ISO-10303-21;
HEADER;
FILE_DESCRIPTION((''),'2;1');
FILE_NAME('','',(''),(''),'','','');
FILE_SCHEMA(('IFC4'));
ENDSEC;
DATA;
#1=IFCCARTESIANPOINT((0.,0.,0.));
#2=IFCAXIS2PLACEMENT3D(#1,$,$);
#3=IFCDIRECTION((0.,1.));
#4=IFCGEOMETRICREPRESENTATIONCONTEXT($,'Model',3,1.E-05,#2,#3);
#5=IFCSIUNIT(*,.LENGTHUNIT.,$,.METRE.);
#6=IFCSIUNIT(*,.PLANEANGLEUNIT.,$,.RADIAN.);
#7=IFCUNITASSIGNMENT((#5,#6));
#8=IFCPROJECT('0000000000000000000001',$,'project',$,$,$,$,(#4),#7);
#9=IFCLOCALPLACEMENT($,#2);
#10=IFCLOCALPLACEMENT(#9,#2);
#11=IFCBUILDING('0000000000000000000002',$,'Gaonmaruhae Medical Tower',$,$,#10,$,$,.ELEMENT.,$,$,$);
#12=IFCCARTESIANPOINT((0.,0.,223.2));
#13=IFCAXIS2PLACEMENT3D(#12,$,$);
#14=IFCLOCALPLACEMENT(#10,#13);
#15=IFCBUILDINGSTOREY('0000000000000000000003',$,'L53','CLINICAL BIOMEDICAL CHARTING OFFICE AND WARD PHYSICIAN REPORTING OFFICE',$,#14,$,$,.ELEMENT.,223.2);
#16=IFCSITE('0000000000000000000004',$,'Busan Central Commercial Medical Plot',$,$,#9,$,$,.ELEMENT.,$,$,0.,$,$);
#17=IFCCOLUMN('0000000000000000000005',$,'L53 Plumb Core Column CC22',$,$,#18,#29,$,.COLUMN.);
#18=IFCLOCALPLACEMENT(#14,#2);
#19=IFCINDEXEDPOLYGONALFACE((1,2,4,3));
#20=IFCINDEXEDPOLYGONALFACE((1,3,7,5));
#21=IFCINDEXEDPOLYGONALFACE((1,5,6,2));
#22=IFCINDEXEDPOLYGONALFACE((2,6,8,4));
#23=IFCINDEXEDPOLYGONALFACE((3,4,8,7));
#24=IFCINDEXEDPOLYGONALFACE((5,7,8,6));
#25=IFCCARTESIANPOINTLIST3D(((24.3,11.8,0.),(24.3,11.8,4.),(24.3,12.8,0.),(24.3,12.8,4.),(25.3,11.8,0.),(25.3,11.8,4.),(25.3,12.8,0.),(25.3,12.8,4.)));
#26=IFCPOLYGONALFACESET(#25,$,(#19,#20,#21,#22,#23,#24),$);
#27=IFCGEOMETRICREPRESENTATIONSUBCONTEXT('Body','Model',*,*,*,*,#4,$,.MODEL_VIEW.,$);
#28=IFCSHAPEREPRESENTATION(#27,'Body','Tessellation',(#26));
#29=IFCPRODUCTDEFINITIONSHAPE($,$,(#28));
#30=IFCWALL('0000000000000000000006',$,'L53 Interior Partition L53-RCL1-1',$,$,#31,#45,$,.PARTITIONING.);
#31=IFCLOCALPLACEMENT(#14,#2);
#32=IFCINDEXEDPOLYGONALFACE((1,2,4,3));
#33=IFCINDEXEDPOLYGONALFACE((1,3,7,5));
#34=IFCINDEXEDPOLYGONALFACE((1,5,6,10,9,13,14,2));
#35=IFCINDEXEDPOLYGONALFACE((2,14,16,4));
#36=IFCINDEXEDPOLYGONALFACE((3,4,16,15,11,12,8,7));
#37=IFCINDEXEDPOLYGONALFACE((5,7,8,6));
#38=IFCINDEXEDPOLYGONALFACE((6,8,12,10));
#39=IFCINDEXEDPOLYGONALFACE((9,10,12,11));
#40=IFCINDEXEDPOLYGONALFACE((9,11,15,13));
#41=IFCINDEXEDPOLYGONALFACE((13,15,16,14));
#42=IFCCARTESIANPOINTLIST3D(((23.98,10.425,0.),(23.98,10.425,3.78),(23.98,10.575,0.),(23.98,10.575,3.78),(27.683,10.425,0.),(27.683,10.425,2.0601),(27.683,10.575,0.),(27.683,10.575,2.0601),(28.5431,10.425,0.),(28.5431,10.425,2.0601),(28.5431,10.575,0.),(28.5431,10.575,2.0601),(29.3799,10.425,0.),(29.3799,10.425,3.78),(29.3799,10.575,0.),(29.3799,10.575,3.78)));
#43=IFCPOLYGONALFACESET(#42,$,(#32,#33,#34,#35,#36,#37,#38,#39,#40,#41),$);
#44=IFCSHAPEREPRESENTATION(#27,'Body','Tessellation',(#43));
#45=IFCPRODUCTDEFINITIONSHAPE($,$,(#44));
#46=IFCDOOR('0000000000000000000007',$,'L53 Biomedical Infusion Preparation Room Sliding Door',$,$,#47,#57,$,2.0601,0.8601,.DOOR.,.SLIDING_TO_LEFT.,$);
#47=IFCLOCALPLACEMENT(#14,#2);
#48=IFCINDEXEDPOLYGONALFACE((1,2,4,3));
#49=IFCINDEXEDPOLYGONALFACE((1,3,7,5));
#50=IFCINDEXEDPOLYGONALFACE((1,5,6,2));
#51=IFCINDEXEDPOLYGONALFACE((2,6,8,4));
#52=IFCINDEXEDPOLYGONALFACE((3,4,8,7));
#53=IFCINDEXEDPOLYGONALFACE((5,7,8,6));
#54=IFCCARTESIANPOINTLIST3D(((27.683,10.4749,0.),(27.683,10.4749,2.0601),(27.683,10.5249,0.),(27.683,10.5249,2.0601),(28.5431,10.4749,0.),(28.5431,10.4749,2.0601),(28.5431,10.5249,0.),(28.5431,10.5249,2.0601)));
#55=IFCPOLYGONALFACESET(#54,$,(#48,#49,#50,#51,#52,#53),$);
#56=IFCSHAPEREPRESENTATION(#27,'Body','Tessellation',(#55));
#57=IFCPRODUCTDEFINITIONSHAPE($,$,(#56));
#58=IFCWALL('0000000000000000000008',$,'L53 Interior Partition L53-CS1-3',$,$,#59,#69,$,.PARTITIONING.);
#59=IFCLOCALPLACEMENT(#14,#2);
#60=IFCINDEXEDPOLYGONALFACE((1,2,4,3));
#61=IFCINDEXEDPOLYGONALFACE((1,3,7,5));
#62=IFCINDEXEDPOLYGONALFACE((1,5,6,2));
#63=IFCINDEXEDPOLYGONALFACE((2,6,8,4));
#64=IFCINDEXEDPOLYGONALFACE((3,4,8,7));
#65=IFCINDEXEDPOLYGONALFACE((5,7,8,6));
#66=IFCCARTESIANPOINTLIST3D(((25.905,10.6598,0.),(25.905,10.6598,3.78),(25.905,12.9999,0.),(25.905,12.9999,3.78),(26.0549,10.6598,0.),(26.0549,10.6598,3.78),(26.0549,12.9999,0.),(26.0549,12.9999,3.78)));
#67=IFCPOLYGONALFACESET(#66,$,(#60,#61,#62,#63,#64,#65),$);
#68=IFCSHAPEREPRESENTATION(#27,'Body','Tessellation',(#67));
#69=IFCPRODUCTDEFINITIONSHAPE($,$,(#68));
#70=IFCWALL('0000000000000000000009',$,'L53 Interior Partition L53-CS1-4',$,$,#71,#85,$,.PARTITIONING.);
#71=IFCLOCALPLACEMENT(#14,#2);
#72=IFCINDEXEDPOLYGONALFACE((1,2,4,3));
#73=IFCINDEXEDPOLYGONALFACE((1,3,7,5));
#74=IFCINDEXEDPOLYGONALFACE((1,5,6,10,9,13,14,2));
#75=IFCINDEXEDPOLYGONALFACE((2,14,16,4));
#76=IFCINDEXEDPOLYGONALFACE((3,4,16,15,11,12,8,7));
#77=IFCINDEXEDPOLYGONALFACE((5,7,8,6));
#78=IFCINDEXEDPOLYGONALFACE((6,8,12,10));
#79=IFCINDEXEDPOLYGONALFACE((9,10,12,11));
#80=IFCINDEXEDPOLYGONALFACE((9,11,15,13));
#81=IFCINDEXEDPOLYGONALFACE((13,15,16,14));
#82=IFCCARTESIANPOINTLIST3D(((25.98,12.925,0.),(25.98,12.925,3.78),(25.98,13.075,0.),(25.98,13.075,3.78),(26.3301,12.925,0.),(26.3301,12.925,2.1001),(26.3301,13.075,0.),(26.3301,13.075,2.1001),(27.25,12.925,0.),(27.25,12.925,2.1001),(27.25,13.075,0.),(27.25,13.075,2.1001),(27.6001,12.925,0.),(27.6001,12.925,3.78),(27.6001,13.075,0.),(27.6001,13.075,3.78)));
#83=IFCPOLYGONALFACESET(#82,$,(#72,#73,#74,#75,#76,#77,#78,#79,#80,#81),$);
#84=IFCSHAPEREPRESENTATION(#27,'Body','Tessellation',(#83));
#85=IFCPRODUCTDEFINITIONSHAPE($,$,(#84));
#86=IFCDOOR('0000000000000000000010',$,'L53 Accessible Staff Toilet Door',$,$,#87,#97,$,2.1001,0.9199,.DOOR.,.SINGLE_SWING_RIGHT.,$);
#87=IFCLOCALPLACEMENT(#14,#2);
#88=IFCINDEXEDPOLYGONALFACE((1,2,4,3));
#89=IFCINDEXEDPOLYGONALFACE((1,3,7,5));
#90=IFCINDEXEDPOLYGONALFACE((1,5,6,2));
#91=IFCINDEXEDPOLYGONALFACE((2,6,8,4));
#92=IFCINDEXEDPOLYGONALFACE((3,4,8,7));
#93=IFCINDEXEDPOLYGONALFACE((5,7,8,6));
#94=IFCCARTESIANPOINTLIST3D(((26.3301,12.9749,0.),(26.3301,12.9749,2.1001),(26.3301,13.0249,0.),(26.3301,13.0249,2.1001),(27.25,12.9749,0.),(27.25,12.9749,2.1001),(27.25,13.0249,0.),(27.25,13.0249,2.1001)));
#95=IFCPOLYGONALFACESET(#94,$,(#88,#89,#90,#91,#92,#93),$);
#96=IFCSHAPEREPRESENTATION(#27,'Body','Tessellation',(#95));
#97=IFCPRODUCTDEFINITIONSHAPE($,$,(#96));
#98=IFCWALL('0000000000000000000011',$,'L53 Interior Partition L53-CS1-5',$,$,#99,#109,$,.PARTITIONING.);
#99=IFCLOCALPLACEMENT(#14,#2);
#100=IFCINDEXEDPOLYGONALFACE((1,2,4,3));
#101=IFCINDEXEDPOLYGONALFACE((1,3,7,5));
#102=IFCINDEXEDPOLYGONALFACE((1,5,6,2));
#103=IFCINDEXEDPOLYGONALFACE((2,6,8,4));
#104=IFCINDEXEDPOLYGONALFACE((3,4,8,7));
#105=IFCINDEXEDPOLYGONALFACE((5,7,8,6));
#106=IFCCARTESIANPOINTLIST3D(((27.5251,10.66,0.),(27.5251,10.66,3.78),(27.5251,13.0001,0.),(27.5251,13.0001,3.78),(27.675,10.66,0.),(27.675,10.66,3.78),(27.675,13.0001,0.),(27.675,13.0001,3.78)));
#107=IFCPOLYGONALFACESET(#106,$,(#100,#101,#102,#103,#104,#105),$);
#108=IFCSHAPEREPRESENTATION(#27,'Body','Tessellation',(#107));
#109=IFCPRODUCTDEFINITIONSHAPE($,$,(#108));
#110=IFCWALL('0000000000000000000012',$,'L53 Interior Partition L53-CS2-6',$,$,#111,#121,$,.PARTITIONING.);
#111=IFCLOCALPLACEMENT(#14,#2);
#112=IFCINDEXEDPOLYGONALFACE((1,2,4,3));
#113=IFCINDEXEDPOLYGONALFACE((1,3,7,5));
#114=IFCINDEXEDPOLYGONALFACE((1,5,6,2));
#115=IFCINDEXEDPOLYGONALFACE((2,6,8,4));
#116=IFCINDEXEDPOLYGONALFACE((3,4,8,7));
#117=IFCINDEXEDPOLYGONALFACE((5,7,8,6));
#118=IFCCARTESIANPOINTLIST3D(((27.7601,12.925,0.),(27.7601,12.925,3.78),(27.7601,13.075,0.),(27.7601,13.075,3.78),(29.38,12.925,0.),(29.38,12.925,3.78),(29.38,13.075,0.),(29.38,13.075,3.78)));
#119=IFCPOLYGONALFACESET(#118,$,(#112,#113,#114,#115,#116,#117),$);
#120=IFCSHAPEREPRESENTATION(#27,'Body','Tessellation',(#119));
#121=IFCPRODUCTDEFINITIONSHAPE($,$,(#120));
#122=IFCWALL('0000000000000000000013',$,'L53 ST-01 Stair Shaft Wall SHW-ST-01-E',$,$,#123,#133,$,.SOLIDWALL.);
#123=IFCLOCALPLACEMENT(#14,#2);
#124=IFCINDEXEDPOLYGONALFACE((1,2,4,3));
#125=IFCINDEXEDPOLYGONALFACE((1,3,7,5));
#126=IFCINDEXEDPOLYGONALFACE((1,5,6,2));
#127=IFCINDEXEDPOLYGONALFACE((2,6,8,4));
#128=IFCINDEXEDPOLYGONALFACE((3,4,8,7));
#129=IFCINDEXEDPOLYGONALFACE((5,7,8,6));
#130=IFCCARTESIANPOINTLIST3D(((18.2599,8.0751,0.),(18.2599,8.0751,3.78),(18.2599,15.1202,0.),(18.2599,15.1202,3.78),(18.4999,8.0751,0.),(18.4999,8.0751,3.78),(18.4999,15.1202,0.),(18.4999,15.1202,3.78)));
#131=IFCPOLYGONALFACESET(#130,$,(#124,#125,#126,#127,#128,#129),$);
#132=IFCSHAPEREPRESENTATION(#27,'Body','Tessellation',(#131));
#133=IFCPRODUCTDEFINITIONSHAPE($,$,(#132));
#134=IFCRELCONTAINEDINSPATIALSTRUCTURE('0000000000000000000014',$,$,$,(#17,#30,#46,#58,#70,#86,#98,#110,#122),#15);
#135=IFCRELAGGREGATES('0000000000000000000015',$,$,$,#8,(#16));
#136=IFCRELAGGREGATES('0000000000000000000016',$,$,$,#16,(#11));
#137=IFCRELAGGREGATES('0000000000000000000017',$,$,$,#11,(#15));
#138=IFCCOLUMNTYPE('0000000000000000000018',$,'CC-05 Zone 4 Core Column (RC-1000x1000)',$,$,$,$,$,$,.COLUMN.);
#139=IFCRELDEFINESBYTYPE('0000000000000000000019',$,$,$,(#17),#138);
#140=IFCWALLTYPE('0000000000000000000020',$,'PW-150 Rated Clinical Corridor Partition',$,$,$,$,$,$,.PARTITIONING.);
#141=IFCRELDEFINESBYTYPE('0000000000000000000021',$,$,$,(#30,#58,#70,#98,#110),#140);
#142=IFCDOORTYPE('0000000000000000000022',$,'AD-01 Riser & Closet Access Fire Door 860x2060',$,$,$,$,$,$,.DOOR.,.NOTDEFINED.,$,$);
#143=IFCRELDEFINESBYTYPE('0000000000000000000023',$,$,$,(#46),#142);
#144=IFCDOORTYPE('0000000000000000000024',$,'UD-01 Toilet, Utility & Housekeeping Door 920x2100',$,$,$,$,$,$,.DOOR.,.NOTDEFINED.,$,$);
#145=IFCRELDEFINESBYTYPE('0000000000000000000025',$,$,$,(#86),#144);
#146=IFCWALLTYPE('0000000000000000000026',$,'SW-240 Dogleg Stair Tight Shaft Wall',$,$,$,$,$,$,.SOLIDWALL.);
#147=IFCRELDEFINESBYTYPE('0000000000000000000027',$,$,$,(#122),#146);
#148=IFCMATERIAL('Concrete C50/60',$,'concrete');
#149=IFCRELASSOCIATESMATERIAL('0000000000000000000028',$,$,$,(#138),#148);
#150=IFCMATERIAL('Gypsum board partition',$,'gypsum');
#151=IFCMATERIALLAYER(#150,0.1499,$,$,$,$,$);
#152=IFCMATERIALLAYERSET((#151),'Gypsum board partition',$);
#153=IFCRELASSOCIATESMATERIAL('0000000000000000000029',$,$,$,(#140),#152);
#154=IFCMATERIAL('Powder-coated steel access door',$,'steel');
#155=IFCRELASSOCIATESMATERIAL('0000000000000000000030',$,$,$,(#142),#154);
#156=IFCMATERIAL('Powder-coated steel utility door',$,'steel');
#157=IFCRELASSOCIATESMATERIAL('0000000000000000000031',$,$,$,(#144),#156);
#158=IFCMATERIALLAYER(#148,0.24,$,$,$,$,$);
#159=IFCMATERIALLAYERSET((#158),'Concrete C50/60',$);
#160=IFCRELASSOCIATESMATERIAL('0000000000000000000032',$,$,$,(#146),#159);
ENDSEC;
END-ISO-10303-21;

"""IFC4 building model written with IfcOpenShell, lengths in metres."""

from ifc_helpers import new_model, si_unit, direction, frame, frame_2d, origin, origin_2d, place, context, subcontext, project, spatial, rectangle, extrude, material, layer, layer_set, material_profile, profile_set, type_object, element, fill, save


model = new_model("IFC4")

# Units and contexts
model_context = context("Model", 3, precision=1e-05, world=origin(), true_north=direction((0.0, 1.0)))
body_context = subcontext(model_context, "Body", "Model", "MODEL_VIEW")
ifc_project = project(units=[si_unit("LENGTHUNIT", "METRE"), si_unit("PLANEANGLEUNIT", "RADIAN")], contexts=[model_context])

# Site, building, storey
site_placement = place(None, origin())
site = spatial("IfcSite", under=ifc_project, at=site_placement, Name="Busan Central Commercial Medical Plot", CompositionType="ELEMENT", RefElevation=0.0)
building_placement = place(site_placement, origin())
building = spatial("IfcBuilding", under=site, at=building_placement, Name="Gaonmaruhae Medical Tower", CompositionType="ELEMENT")
storey_placement = place(building_placement, frame((0.0, 0.0, 223.2)))
storey = spatial("IfcBuildingStorey", under=building, at=storey_placement, Name="L53", Description="CLINICAL BIOMEDICAL CHARTING OFFICE AND WARD PHYSICIAN REPORTING OFFICE", CompositionType="ELEMENT", Elevation=223.2)

# Column
ifc_material_1 = material(Name="Concrete C50/60", Category="concrete")
ifc_material_profile = material_profile(ifc_material_1, rectangle(XDim=1.0, YDim=1.0, at=origin_2d()), Name="RC-1000x1000")
ifc_profile_set = profile_set([ifc_material_profile], Name="Concrete C50/60")
column_type = type_object("IfcColumnType", Name="CC-05 Zone 4 Core Column (RC-1000x1000)", PredefinedType="COLUMN", material=ifc_profile_set)
column_placement = place(storey_placement, frame((24.8, 12.3, 0.0), z_axis=(0.0, 0.0, 1.0), x_axis=(1.0, 0.0, 0.0)))
element("IfcColumn", 1, at=column_placement, inside=storey, type_object=column_type, Name="L53 Plumb Core Column CC22", PredefinedType="COLUMN", context=body_context, shape_type="SweptSolid", body=[
    extrude(rectangle(XDim=1.0, YDim=1.0, at=origin_2d()), origin(), (0.0, 0.0, 1.0), 4.0),
])

# Wall, opening, door
ifc_material_2 = material(Name="Gypsum board partition", Category="gypsum")
ifc_layer_1 = layer(ifc_material_2, 0.1499)
ifc_layer_set_1 = layer_set([ifc_layer_1], Name="Gypsum board partition")
wall_type_1 = type_object("IfcWallType", Name="PW-150 Rated Clinical Corridor Partition", PredefinedType="PARTITIONING", material=ifc_layer_set_1)
wall_1_placement = place(storey_placement, frame((23.98, 10.5, 0.0), z_axis=(0.0, 0.0, 1.0), x_axis=(1.0, 0.0, 0.0)))
wall_1 = element("IfcWall", 2, at=wall_1_placement, inside=storey, type_object=wall_type_1, Name="L53 Interior Partition L53-RCL1-1", PredefinedType="PARTITIONING", context=body_context, shape_type="SweptSolid", body=[
    extrude(rectangle(XDim=5.3999, YDim=0.1499, at=frame_2d((2.7, 0.0))), origin(), (0.0, 0.0, 1.0), 3.78),
])
opening_1_placement = place(wall_1_placement, frame((3.7029, 0.0, 0.0)))
opening_1 = element("IfcOpeningElement", 3, at=opening_1_placement, cuts=wall_1, PredefinedType="OPENING", context=body_context, shape_type="SweptSolid", body=[
    extrude(rectangle(XDim=0.8601, YDim=2.0601, at=frame_2d((0.4302, 1.03))), frame((0.0, 0.085, 0.0), z_axis=(0.0, -1.0, 0.0), x_axis=(1.0, 0.0, 0.0)), (0.0, 0.0, 1.0), 0.1699),
])
ifc_material_3 = material(Name="Powder-coated steel access door", Category="steel")
door_type_1 = type_object("IfcDoorType", Name="AD-01 Riser & Closet Access Fire Door 860x2060", OperationType="NOTDEFINED", PredefinedType="DOOR", material=ifc_material_3)
door_1_placement = place(opening_1_placement, origin())
door_1 = element("IfcDoor", 4, at=door_1_placement, inside=storey, type_object=door_type_1, Name="L53 Biomedical Infusion Preparation Room Sliding Door", OperationType="SLIDING_TO_LEFT", OverallHeight=2.0601, OverallWidth=0.8601, PredefinedType="DOOR", context=body_context, shape_type="SweptSolid", body=[
    extrude(rectangle(XDim=0.8601, YDim=2.0601, at=frame_2d((0.4302, 1.03))), frame((0.0, 0.0249, 0.0), z_axis=(0.0, -1.0, 0.0), x_axis=(1.0, 0.0, 0.0)), (0.0, 0.0, 1.0), 0.05),
])
fill(opening_1, door_1)

# Wall
wall_2_placement = place(storey_placement, frame((25.98, 10.6599, 0.0), z_axis=(0.0, 0.0, 1.0), x_axis=(0.0, 1.0, 0.0)))
element("IfcWall", 5, at=wall_2_placement, inside=storey, type_object=wall_type_1, Name="L53 Interior Partition L53-CS1-3", PredefinedType="PARTITIONING", context=body_context, shape_type="SweptSolid", body=[
    extrude(rectangle(XDim=2.3401, YDim=0.1499, at=frame_2d((1.1699, 0.0))), origin(), (0.0, 0.0, 1.0), 3.78),
])

# Wall, opening, door
wall_3_placement = place(storey_placement, frame((25.98, 13.0, 0.0), z_axis=(0.0, 0.0, 1.0), x_axis=(1.0, 0.0, 0.0)))
wall_3 = element("IfcWall", 6, at=wall_3_placement, inside=storey, type_object=wall_type_1, Name="L53 Interior Partition L53-CS1-4", PredefinedType="PARTITIONING", context=body_context, shape_type="SweptSolid", body=[
    extrude(rectangle(XDim=1.6201, YDim=0.1499, at=frame_2d((0.8101, 0.0))), origin(), (0.0, 0.0, 1.0), 3.78),
])
opening_2_placement = place(wall_3_placement, frame((0.3501, 0.0, 0.0)))
opening_2 = element("IfcOpeningElement", 7, at=opening_2_placement, cuts=wall_3, PredefinedType="OPENING", context=body_context, shape_type="SweptSolid", body=[
    extrude(rectangle(XDim=0.9199, YDim=2.1001, at=frame_2d((0.46, 1.05))), frame((0.0, 0.085, 0.0), z_axis=(0.0, -1.0, 0.0), x_axis=(1.0, 0.0, 0.0)), (0.0, 0.0, 1.0), 0.1699),
])
ifc_material_4 = material(Name="Powder-coated steel utility door", Category="steel")
door_type_2 = type_object("IfcDoorType", Name="UD-01 Toilet, Utility & Housekeeping Door 920x2100", OperationType="NOTDEFINED", PredefinedType="DOOR", material=ifc_material_4)
door_2_placement = place(opening_2_placement, origin())
door_2 = element("IfcDoor", 8, at=door_2_placement, inside=storey, type_object=door_type_2, Name="L53 Accessible Staff Toilet Door", OperationType="SINGLE_SWING_RIGHT", OverallHeight=2.1001, OverallWidth=0.9199, PredefinedType="DOOR", context=body_context, shape_type="SweptSolid", body=[
    extrude(rectangle(XDim=0.9199, YDim=2.1001, at=frame_2d((0.46, 1.05))), frame((0.0, 0.0249, 0.0), z_axis=(0.0, -1.0, 0.0), x_axis=(1.0, 0.0, 0.0)), (0.0, 0.0, 1.0), 0.05),
])
fill(opening_2, door_2)

# Walls
wall_4_placement = place(storey_placement, frame((27.6001, 13.0, 0.0), z_axis=(0.0, 0.0, 1.0), x_axis=(0.0, -1.0, 0.0)))
element("IfcWall", 9, at=wall_4_placement, inside=storey, type_object=wall_type_1, Name="L53 Interior Partition L53-CS1-5", PredefinedType="PARTITIONING", context=body_context, shape_type="SweptSolid", body=[
    extrude(rectangle(XDim=2.3401, YDim=0.1499, at=frame_2d((1.1699, 0.0))), origin(), (0.0, 0.0, 1.0), 3.78),
])
wall_5_placement = place(storey_placement, frame((27.76, 13.0, 0.0), z_axis=(0.0, 0.0, 1.0), x_axis=(1.0, 0.0, 0.0)))
element("IfcWall", 10, at=wall_5_placement, inside=storey, type_object=wall_type_1, Name="L53 Interior Partition L53-CS2-6", PredefinedType="PARTITIONING", context=body_context, shape_type="SweptSolid", body=[
    extrude(rectangle(XDim=1.6199, YDim=0.1499, at=frame_2d((0.8101, 0.0))), origin(), (0.0, 0.0, 1.0), 3.78),
])
ifc_layer_2 = layer(ifc_material_1, 0.24)
ifc_layer_set_2 = layer_set([ifc_layer_2], Name="Concrete C50/60")
wall_type_2 = type_object("IfcWallType", Name="SW-240 Dogleg Stair Tight Shaft Wall", PredefinedType="SOLIDWALL", material=ifc_layer_set_2)
wall_6_placement = place(storey_placement, frame((18.3799, 15.1201, 0.0), z_axis=(0.0, 0.0, 1.0), x_axis=(0.0, -1.0, 0.0)))
element("IfcWall", 11, at=wall_6_placement, inside=storey, type_object=wall_type_2, Name="L53 ST-01 Stair Shaft Wall SHW-ST-01-E", PredefinedType="SOLIDWALL", context=body_context, shape_type="SweptSolid", body=[
    extrude(rectangle(XDim=7.0452, YDim=0.24, at=frame_2d((3.5225, 0.0))), origin(), (0.0, 0.0, 1.0), 3.78),
])

save(model, "model.ifc")
